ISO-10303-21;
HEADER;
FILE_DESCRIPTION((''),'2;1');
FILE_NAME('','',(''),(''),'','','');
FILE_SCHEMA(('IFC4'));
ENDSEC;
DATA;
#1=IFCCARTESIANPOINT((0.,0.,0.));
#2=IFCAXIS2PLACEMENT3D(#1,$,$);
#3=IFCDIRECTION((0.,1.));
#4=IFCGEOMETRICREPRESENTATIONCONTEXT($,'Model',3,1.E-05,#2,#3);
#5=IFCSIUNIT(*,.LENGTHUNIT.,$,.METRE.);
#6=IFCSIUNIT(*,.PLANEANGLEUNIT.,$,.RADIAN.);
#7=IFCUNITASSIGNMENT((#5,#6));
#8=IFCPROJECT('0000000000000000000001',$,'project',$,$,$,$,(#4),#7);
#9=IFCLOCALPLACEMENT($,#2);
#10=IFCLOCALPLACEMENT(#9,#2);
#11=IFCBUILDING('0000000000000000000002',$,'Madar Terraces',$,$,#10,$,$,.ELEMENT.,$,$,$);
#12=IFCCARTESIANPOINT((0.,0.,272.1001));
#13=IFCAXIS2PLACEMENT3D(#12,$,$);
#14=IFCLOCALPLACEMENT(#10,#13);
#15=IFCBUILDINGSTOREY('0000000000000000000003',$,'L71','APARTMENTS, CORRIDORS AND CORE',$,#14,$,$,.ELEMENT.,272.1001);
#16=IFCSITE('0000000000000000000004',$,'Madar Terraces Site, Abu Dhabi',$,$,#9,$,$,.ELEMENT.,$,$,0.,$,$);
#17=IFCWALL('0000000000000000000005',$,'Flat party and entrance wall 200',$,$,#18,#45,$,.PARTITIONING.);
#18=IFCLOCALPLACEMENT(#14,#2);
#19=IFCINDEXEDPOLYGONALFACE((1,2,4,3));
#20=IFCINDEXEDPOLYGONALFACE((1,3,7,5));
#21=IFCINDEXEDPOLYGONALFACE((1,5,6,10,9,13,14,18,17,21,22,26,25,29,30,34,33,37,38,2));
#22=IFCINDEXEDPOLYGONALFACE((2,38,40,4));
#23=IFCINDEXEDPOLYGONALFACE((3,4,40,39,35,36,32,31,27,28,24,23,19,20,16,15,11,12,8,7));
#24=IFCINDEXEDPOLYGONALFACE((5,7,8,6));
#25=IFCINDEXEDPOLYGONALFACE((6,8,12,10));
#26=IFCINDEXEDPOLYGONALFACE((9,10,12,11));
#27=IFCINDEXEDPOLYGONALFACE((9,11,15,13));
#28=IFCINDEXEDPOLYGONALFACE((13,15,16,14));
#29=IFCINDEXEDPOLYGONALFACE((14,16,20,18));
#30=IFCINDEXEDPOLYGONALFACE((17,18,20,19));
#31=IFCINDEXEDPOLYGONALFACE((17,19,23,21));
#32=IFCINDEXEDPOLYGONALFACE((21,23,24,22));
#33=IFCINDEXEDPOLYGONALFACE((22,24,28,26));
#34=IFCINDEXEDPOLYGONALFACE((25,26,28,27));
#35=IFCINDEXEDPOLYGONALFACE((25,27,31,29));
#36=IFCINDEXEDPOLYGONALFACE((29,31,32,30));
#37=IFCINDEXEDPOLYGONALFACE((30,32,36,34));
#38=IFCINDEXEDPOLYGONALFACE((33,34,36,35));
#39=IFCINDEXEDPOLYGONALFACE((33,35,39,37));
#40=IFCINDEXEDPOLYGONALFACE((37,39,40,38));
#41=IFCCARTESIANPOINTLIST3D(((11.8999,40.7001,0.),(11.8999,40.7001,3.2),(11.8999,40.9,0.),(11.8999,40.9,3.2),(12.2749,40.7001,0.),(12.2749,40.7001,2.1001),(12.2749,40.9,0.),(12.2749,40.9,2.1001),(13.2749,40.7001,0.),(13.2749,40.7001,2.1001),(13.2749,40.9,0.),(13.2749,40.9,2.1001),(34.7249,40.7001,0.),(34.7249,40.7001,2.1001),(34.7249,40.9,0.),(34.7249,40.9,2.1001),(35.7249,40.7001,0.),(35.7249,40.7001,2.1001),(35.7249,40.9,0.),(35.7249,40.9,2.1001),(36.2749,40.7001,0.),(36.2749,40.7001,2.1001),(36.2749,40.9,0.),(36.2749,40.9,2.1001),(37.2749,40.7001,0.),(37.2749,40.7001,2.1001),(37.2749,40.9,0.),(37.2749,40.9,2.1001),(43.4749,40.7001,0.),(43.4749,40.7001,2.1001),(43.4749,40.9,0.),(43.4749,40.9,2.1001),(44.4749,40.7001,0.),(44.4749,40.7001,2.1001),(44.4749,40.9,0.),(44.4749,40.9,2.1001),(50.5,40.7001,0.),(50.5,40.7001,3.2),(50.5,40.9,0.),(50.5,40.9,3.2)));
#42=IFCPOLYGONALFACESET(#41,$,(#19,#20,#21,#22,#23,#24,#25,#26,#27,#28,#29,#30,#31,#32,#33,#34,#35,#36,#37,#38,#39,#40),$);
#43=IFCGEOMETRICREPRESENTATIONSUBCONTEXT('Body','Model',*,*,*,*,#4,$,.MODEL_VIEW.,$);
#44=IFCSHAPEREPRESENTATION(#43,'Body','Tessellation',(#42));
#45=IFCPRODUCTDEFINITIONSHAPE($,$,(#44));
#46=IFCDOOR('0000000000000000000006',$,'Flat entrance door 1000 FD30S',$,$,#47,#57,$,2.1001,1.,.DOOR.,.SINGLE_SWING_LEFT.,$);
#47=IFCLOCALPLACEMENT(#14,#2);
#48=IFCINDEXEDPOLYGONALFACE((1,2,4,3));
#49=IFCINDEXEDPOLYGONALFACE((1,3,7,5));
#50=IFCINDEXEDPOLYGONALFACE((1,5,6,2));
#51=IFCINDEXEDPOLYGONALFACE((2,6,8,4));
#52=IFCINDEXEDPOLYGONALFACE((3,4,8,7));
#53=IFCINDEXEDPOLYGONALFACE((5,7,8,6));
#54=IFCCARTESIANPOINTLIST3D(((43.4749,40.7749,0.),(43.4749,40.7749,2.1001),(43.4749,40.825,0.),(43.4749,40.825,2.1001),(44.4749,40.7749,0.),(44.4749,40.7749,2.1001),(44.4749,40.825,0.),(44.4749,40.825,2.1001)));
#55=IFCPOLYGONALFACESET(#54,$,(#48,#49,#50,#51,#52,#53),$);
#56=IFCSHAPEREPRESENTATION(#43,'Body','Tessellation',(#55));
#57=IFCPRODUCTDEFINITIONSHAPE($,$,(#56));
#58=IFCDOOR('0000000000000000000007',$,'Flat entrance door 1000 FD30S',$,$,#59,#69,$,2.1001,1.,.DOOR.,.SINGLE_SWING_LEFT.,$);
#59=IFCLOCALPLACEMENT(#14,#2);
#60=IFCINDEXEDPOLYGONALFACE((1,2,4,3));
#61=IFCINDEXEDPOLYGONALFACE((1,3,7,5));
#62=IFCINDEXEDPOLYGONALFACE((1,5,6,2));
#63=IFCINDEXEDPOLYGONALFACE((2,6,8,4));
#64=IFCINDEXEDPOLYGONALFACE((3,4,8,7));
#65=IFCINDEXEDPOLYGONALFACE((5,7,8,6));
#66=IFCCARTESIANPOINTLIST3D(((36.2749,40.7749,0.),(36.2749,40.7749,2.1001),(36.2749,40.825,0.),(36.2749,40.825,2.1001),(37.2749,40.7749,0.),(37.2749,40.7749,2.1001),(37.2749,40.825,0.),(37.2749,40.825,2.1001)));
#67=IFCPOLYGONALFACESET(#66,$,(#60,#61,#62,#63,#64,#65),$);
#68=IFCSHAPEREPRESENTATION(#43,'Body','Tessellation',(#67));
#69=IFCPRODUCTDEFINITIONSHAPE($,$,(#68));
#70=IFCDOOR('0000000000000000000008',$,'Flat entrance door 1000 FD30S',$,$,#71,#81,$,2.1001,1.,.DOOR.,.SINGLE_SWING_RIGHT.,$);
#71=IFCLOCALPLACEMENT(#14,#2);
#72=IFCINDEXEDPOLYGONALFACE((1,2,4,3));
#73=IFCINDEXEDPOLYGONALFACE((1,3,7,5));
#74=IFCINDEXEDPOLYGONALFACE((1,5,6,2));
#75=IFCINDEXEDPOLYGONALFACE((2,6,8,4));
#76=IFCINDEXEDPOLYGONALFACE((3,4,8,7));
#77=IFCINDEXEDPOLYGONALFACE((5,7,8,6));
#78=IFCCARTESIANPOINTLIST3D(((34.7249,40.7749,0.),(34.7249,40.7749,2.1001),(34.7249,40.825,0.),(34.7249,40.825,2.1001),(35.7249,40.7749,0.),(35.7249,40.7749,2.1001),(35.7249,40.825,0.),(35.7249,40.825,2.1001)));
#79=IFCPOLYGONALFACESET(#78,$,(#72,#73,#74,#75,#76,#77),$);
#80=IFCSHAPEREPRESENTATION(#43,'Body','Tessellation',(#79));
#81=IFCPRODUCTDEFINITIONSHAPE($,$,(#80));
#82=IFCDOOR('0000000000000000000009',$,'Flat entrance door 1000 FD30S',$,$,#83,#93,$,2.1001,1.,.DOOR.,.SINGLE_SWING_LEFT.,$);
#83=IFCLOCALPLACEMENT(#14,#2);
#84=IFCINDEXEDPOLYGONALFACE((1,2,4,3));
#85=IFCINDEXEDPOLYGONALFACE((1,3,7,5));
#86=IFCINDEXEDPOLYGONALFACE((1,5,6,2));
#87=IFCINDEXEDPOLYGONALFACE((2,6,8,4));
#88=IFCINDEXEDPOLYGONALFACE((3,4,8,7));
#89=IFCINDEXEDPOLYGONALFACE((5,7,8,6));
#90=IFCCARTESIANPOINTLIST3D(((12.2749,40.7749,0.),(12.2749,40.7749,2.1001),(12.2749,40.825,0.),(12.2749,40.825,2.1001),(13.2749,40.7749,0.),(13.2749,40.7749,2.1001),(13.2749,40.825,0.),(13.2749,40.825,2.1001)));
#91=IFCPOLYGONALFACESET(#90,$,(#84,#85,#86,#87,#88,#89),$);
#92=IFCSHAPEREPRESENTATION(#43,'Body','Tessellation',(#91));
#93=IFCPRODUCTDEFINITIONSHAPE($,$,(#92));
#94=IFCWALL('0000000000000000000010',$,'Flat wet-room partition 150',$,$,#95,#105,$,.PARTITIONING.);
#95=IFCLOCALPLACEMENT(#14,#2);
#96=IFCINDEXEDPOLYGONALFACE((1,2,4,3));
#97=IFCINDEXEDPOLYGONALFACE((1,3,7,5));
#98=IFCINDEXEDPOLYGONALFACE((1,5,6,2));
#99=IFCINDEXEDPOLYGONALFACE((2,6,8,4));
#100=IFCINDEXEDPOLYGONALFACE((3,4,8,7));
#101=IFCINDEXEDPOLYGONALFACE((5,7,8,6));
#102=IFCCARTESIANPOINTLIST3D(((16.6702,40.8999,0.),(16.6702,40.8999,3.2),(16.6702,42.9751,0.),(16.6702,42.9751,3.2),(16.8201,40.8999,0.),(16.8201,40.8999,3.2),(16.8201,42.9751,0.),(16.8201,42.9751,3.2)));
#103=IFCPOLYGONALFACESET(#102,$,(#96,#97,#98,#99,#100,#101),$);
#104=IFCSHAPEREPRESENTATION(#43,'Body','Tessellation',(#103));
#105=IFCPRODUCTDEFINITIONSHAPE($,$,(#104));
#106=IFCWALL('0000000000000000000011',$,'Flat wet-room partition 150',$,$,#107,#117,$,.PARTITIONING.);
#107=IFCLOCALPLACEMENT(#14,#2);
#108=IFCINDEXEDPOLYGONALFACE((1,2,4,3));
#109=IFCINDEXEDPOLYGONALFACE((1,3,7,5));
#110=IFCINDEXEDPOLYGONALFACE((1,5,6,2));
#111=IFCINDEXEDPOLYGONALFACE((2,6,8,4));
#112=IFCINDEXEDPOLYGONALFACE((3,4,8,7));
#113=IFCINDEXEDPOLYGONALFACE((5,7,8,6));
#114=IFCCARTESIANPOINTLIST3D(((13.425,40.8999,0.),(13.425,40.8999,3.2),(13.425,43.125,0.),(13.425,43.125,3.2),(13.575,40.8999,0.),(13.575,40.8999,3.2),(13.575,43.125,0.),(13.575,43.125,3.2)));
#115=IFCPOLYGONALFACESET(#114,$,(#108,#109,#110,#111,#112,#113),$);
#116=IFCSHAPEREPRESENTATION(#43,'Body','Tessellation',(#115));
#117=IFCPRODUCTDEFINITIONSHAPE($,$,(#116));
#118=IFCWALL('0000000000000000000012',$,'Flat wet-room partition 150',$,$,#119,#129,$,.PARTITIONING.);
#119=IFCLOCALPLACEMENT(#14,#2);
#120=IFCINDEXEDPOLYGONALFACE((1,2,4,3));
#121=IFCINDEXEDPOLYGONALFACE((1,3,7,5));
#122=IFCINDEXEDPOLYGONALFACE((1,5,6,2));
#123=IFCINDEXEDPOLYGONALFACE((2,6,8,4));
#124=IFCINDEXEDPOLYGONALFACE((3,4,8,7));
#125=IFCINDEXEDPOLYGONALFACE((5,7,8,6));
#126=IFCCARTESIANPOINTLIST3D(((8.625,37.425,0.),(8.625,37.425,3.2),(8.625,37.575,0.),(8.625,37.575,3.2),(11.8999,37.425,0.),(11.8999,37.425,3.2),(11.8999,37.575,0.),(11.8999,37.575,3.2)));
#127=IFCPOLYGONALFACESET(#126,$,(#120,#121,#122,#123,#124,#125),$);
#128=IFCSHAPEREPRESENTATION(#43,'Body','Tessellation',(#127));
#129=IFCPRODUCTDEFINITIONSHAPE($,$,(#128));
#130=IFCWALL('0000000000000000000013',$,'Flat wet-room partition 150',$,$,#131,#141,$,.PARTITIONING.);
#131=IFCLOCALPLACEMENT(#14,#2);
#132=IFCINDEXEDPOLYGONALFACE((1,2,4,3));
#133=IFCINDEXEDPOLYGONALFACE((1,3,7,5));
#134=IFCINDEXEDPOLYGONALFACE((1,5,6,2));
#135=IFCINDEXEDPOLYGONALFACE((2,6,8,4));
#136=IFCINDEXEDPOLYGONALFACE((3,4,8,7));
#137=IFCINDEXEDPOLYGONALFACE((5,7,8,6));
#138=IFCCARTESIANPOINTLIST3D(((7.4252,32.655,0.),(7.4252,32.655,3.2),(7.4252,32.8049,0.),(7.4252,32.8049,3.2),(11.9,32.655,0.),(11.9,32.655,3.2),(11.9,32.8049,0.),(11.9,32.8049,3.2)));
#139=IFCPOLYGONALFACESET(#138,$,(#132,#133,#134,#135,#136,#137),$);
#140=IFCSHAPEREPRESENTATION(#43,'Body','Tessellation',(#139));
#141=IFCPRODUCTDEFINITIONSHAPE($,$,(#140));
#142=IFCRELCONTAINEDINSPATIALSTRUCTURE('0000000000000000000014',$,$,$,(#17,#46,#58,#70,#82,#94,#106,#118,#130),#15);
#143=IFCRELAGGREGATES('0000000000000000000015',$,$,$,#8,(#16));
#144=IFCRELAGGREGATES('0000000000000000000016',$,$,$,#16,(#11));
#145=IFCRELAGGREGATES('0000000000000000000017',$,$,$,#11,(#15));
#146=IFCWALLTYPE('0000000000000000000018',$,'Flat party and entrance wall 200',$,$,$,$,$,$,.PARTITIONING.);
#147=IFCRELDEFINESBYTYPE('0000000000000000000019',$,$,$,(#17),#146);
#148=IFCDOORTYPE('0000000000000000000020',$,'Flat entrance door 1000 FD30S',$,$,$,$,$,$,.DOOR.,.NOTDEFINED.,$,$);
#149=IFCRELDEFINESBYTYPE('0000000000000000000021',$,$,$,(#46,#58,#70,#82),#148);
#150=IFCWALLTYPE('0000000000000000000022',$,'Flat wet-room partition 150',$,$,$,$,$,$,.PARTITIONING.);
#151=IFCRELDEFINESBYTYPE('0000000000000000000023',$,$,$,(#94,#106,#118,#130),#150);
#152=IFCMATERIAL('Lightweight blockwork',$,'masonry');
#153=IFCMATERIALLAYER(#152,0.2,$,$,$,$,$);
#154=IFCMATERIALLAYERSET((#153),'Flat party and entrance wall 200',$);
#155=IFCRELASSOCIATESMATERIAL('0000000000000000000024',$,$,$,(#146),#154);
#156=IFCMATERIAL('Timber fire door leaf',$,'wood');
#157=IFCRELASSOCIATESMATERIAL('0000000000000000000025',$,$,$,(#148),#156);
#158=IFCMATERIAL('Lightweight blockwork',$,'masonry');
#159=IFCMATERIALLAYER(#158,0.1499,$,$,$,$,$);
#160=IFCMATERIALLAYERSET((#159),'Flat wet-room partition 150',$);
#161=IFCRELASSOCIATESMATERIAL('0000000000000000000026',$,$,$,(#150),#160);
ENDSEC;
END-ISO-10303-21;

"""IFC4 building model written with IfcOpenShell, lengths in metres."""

from ifc_helpers import new_model, si_unit, direction, frame, frame_2d, origin, place, context, subcontext, project, spatial, rectangle, extrude, material, layer, layer_set, type_object, element, fill, save


model = new_model("IFC4")

# Units and contexts
model_context = context("Model", 3, precision=1e-05, world=origin(), true_north=direction((0.0, 1.0)))
body_context = subcontext(model_context, "Body", "Model", "MODEL_VIEW")
ifc_project = project(units=[si_unit("LENGTHUNIT", "METRE"), si_unit("PLANEANGLEUNIT", "RADIAN")], contexts=[model_context])

# Site, building, storey
site_placement = place(None, origin())
site = spatial("IfcSite", under=ifc_project, at=site_placement, Name="Madar Terraces Site, Abu Dhabi", CompositionType="ELEMENT", RefElevation=0.0)
building_placement = place(site_placement, origin())
building = spatial("IfcBuilding", under=site, at=building_placement, Name="Madar Terraces", CompositionType="ELEMENT")
storey_placement = place(building_placement, frame((0.0, 0.0, 272.1001)))
storey = spatial("IfcBuildingStorey", under=building, at=storey_placement, Name="L71", Description="APARTMENTS, CORRIDORS AND CORE", CompositionType="ELEMENT", Elevation=272.1001)

# Wall, openings, doors
ifc_material_1 = material(Name="Lightweight blockwork", Category="masonry")
ifc_layer_1 = layer(ifc_material_1, 0.2)
ifc_layer_set_1 = layer_set([ifc_layer_1], Name="Flat party and entrance wall 200")
wall_type_1 = type_object("IfcWallType", Name="Flat party and entrance wall 200", PredefinedType="PARTITIONING", material=ifc_layer_set_1)
wall_1_placement = place(storey_placement, frame((11.8999, 40.8, 0.0), z_axis=(0.0, 0.0, 1.0), x_axis=(1.0, 0.0, 0.0)))
wall_1 = element("IfcWall", 1, at=wall_1_placement, inside=storey, type_object=wall_type_1, Name="Flat party and entrance wall 200", PredefinedType="PARTITIONING", context=body_context, shape_type="SweptSolid", body=[
    extrude(rectangle(XDim=38.6001, YDim=0.2, at=frame_2d((19.3, 0.0))), origin(), (0.0, 0.0, 1.0), 3.2),
])
opening_1_placement = place(wall_1_placement, frame((31.575, 0.0, 0.0)))
opening_1 = element("IfcOpeningElement", 2, at=opening_1_placement, cuts=wall_1, PredefinedType="OPENING", context=body_context, shape_type="SweptSolid", body=[
    extrude(rectangle(XDim=1.0, YDim=2.1001, at=frame_2d((0.5, 1.05))), frame((0.0, 0.1099, 0.0), z_axis=(0.0, -1.0, 0.0), x_axis=(1.0, 0.0, 0.0)), (0.0, 0.0, 1.0), 0.22),
])
opening_2_placement = place(wall_1_placement, frame((24.375, 0.0, 0.0)))
opening_2 = element("IfcOpeningElement", 3, at=opening_2_placement, cuts=wall_1, PredefinedType="OPENING", context=body_context, shape_type="SweptSolid", body=[
    extrude(rectangle(XDim=1.0, YDim=2.1001, at=frame_2d((0.5, 1.05))), frame((0.0, 0.1099, 0.0), z_axis=(0.0, -1.0, 0.0), x_axis=(1.0, 0.0, 0.0)), (0.0, 0.0, 1.0), 0.22),
])
opening_3_placement = place(wall_1_placement, frame((22.825, 0.0, 0.0)))
opening_3 = element("IfcOpeningElement", 4, at=opening_3_placement, cuts=wall_1, PredefinedType="OPENING", context=body_context, shape_type="SweptSolid", body=[
    extrude(rectangle(XDim=1.0, YDim=2.1001, at=frame_2d((0.5, 1.05))), frame((0.0, 0.1099, 0.0), z_axis=(0.0, -1.0, 0.0), x_axis=(1.0, 0.0, 0.0)), (0.0, 0.0, 1.0), 0.22),
])
opening_4_placement = place(wall_1_placement, frame((0.375, 0.0, 0.0)))
opening_4 = element("IfcOpeningElement", 5, at=opening_4_placement, cuts=wall_1, PredefinedType="OPENING", context=body_context, shape_type="SweptSolid", body=[
    extrude(rectangle(XDim=1.0, YDim=2.1001, at=frame_2d((0.5, 1.05))), frame((0.0, 0.1099, 0.0), z_axis=(0.0, -1.0, 0.0), x_axis=(1.0, 0.0, 0.0)), (0.0, 0.0, 1.0), 0.22),
])
ifc_material_2 = material(Name="Timber fire door leaf", Category="wood")
door_type_1 = type_object("IfcDoorType", Name="Flat entrance door 1000 FD30S", OperationType="NOTDEFINED", PredefinedType="DOOR", material=ifc_material_2)
door_1_placement = place(opening_1_placement, origin())
door_1 = element("IfcDoor", 6, at=door_1_placement, inside=storey, type_object=door_type_1, Name="Flat entrance door 1000 FD30S", OperationType="SINGLE_SWING_LEFT", OverallHeight=2.1001, OverallWidth=1.0, PredefinedType="DOOR", context=body_context, shape_type="SweptSolid", body=[
    extrude(rectangle(XDim=1.0, YDim=2.1001, at=frame_2d((0.5, 1.05))), frame((0.0, 0.0249, 0.0), z_axis=(0.0, -1.0, 0.0), x_axis=(1.0, 0.0, 0.0)), (0.0, 0.0, 1.0), 0.05),
])
fill(opening_1, door_1)
door_2_placement = place(opening_2_placement, origin())
door_2 = element("IfcDoor", 7, at=door_2_placement, inside=storey, type_object=door_type_1, Name="Flat entrance door 1000 FD30S", OperationType="SINGLE_SWING_LEFT", OverallHeight=2.1001, OverallWidth=1.0, PredefinedType="DOOR", context=body_context, shape_type="SweptSolid", body=[
    extrude(rectangle(XDim=1.0, YDim=2.1001, at=frame_2d((0.5, 1.05))), frame((0.0, 0.0249, 0.0), z_axis=(0.0, -1.0, 0.0), x_axis=(1.0, 0.0, 0.0)), (0.0, 0.0, 1.0), 0.05),
])
fill(opening_2, door_2)
door_3_placement = place(opening_3_placement, origin())
door_3 = element("IfcDoor", 8, at=door_3_placement, inside=storey, type_object=door_type_1, Name="Flat entrance door 1000 FD30S", OperationType="SINGLE_SWING_RIGHT", OverallHeight=2.1001, OverallWidth=1.0, PredefinedType="DOOR", context=body_context, shape_type="SweptSolid", body=[
    extrude(rectangle(XDim=1.0, YDim=2.1001, at=frame_2d((0.5, 1.05))), frame((0.0, 0.0249, 0.0), z_axis=(0.0, -1.0, 0.0), x_axis=(1.0, 0.0, 0.0)), (0.0, 0.0, 1.0), 0.05),
])
fill(opening_3, door_3)
door_4_placement = place(opening_4_placement, origin())
door_4 = element("IfcDoor", 9, at=door_4_placement, inside=storey, type_object=door_type_1, Name="Flat entrance door 1000 FD30S", OperationType="SINGLE_SWING_LEFT", OverallHeight=2.1001, OverallWidth=1.0, PredefinedType="DOOR", context=body_context, shape_type="SweptSolid", body=[
    extrude(rectangle(XDim=1.0, YDim=2.1001, at=frame_2d((0.5, 1.05))), frame((0.0, 0.0249, 0.0), z_axis=(0.0, -1.0, 0.0), x_axis=(1.0, 0.0, 0.0)), (0.0, 0.0, 1.0), 0.05),
])
fill(opening_4, door_4)

# Walls
ifc_material_3 = material(Name="Lightweight blockwork", Category="masonry")
ifc_layer_2 = layer(ifc_material_3, 0.1499)
ifc_layer_set_2 = layer_set([ifc_layer_2], Name="Flat wet-room partition 150")
wall_type_2 = type_object("IfcWallType", Name="Flat wet-room partition 150", PredefinedType="PARTITIONING", material=ifc_layer_set_2)
wall_2_placement = place(storey_placement, frame((16.7451, 40.8999, 0.0), z_axis=(0.0, 0.0, 1.0), x_axis=(0.0, 1.0, 0.0)))
element("IfcWall", 10, at=wall_2_placement, inside=storey, type_object=wall_type_2, Name="Flat wet-room partition 150", PredefinedType="PARTITIONING", context=body_context, shape_type="SweptSolid", body=[
    extrude(rectangle(XDim=2.0752, YDim=0.1499, at=frame_2d((1.0376, 0.0))), origin(), (0.0, 0.0, 1.0), 3.2),
])
wall_3_placement = place(storey_placement, frame((13.5, 40.8999, 0.0), z_axis=(0.0, 0.0, 1.0), x_axis=(0.0, 1.0, 0.0)))
element("IfcWall", 11, at=wall_3_placement, inside=storey, type_object=wall_type_2, Name="Flat wet-room partition 150", PredefinedType="PARTITIONING", context=body_context, shape_type="SweptSolid", body=[
    extrude(rectangle(XDim=2.2251, YDim=0.1499, at=frame_2d((1.1125, 0.0))), origin(), (0.0, 0.0, 1.0), 3.2),
])
wall_4_placement = place(storey_placement, frame((11.8999, 37.5, 0.0), z_axis=(0.0, 0.0, 1.0), x_axis=(-1.0, 0.0, 0.0)))
element("IfcWall", 12, at=wall_4_placement, inside=storey, type_object=wall_type_2, Name="Flat wet-room partition 150", PredefinedType="PARTITIONING", context=body_context, shape_type="SweptSolid", body=[
    extrude(rectangle(XDim=3.2749, YDim=0.1499, at=frame_2d((1.6375, 0.0))), origin(), (0.0, 0.0, 1.0), 3.2),
])
wall_5_placement = place(storey_placement, frame((11.8999, 32.73, 0.0), z_axis=(0.0, 0.0, 1.0), x_axis=(-1.0, 0.0, 0.0)))
element("IfcWall", 13, at=wall_5_placement, inside=storey, type_object=wall_type_2, Name="Flat wet-room partition 150", PredefinedType="PARTITIONING", context=body_context, shape_type="SweptSolid", body=[
    extrude(rectangle(XDim=4.4749, YDim=0.1499, at=frame_2d((2.2373, 0.0))), origin(), (0.0, 0.0, 1.0), 3.2),
])

save(model, "model.ifc")
